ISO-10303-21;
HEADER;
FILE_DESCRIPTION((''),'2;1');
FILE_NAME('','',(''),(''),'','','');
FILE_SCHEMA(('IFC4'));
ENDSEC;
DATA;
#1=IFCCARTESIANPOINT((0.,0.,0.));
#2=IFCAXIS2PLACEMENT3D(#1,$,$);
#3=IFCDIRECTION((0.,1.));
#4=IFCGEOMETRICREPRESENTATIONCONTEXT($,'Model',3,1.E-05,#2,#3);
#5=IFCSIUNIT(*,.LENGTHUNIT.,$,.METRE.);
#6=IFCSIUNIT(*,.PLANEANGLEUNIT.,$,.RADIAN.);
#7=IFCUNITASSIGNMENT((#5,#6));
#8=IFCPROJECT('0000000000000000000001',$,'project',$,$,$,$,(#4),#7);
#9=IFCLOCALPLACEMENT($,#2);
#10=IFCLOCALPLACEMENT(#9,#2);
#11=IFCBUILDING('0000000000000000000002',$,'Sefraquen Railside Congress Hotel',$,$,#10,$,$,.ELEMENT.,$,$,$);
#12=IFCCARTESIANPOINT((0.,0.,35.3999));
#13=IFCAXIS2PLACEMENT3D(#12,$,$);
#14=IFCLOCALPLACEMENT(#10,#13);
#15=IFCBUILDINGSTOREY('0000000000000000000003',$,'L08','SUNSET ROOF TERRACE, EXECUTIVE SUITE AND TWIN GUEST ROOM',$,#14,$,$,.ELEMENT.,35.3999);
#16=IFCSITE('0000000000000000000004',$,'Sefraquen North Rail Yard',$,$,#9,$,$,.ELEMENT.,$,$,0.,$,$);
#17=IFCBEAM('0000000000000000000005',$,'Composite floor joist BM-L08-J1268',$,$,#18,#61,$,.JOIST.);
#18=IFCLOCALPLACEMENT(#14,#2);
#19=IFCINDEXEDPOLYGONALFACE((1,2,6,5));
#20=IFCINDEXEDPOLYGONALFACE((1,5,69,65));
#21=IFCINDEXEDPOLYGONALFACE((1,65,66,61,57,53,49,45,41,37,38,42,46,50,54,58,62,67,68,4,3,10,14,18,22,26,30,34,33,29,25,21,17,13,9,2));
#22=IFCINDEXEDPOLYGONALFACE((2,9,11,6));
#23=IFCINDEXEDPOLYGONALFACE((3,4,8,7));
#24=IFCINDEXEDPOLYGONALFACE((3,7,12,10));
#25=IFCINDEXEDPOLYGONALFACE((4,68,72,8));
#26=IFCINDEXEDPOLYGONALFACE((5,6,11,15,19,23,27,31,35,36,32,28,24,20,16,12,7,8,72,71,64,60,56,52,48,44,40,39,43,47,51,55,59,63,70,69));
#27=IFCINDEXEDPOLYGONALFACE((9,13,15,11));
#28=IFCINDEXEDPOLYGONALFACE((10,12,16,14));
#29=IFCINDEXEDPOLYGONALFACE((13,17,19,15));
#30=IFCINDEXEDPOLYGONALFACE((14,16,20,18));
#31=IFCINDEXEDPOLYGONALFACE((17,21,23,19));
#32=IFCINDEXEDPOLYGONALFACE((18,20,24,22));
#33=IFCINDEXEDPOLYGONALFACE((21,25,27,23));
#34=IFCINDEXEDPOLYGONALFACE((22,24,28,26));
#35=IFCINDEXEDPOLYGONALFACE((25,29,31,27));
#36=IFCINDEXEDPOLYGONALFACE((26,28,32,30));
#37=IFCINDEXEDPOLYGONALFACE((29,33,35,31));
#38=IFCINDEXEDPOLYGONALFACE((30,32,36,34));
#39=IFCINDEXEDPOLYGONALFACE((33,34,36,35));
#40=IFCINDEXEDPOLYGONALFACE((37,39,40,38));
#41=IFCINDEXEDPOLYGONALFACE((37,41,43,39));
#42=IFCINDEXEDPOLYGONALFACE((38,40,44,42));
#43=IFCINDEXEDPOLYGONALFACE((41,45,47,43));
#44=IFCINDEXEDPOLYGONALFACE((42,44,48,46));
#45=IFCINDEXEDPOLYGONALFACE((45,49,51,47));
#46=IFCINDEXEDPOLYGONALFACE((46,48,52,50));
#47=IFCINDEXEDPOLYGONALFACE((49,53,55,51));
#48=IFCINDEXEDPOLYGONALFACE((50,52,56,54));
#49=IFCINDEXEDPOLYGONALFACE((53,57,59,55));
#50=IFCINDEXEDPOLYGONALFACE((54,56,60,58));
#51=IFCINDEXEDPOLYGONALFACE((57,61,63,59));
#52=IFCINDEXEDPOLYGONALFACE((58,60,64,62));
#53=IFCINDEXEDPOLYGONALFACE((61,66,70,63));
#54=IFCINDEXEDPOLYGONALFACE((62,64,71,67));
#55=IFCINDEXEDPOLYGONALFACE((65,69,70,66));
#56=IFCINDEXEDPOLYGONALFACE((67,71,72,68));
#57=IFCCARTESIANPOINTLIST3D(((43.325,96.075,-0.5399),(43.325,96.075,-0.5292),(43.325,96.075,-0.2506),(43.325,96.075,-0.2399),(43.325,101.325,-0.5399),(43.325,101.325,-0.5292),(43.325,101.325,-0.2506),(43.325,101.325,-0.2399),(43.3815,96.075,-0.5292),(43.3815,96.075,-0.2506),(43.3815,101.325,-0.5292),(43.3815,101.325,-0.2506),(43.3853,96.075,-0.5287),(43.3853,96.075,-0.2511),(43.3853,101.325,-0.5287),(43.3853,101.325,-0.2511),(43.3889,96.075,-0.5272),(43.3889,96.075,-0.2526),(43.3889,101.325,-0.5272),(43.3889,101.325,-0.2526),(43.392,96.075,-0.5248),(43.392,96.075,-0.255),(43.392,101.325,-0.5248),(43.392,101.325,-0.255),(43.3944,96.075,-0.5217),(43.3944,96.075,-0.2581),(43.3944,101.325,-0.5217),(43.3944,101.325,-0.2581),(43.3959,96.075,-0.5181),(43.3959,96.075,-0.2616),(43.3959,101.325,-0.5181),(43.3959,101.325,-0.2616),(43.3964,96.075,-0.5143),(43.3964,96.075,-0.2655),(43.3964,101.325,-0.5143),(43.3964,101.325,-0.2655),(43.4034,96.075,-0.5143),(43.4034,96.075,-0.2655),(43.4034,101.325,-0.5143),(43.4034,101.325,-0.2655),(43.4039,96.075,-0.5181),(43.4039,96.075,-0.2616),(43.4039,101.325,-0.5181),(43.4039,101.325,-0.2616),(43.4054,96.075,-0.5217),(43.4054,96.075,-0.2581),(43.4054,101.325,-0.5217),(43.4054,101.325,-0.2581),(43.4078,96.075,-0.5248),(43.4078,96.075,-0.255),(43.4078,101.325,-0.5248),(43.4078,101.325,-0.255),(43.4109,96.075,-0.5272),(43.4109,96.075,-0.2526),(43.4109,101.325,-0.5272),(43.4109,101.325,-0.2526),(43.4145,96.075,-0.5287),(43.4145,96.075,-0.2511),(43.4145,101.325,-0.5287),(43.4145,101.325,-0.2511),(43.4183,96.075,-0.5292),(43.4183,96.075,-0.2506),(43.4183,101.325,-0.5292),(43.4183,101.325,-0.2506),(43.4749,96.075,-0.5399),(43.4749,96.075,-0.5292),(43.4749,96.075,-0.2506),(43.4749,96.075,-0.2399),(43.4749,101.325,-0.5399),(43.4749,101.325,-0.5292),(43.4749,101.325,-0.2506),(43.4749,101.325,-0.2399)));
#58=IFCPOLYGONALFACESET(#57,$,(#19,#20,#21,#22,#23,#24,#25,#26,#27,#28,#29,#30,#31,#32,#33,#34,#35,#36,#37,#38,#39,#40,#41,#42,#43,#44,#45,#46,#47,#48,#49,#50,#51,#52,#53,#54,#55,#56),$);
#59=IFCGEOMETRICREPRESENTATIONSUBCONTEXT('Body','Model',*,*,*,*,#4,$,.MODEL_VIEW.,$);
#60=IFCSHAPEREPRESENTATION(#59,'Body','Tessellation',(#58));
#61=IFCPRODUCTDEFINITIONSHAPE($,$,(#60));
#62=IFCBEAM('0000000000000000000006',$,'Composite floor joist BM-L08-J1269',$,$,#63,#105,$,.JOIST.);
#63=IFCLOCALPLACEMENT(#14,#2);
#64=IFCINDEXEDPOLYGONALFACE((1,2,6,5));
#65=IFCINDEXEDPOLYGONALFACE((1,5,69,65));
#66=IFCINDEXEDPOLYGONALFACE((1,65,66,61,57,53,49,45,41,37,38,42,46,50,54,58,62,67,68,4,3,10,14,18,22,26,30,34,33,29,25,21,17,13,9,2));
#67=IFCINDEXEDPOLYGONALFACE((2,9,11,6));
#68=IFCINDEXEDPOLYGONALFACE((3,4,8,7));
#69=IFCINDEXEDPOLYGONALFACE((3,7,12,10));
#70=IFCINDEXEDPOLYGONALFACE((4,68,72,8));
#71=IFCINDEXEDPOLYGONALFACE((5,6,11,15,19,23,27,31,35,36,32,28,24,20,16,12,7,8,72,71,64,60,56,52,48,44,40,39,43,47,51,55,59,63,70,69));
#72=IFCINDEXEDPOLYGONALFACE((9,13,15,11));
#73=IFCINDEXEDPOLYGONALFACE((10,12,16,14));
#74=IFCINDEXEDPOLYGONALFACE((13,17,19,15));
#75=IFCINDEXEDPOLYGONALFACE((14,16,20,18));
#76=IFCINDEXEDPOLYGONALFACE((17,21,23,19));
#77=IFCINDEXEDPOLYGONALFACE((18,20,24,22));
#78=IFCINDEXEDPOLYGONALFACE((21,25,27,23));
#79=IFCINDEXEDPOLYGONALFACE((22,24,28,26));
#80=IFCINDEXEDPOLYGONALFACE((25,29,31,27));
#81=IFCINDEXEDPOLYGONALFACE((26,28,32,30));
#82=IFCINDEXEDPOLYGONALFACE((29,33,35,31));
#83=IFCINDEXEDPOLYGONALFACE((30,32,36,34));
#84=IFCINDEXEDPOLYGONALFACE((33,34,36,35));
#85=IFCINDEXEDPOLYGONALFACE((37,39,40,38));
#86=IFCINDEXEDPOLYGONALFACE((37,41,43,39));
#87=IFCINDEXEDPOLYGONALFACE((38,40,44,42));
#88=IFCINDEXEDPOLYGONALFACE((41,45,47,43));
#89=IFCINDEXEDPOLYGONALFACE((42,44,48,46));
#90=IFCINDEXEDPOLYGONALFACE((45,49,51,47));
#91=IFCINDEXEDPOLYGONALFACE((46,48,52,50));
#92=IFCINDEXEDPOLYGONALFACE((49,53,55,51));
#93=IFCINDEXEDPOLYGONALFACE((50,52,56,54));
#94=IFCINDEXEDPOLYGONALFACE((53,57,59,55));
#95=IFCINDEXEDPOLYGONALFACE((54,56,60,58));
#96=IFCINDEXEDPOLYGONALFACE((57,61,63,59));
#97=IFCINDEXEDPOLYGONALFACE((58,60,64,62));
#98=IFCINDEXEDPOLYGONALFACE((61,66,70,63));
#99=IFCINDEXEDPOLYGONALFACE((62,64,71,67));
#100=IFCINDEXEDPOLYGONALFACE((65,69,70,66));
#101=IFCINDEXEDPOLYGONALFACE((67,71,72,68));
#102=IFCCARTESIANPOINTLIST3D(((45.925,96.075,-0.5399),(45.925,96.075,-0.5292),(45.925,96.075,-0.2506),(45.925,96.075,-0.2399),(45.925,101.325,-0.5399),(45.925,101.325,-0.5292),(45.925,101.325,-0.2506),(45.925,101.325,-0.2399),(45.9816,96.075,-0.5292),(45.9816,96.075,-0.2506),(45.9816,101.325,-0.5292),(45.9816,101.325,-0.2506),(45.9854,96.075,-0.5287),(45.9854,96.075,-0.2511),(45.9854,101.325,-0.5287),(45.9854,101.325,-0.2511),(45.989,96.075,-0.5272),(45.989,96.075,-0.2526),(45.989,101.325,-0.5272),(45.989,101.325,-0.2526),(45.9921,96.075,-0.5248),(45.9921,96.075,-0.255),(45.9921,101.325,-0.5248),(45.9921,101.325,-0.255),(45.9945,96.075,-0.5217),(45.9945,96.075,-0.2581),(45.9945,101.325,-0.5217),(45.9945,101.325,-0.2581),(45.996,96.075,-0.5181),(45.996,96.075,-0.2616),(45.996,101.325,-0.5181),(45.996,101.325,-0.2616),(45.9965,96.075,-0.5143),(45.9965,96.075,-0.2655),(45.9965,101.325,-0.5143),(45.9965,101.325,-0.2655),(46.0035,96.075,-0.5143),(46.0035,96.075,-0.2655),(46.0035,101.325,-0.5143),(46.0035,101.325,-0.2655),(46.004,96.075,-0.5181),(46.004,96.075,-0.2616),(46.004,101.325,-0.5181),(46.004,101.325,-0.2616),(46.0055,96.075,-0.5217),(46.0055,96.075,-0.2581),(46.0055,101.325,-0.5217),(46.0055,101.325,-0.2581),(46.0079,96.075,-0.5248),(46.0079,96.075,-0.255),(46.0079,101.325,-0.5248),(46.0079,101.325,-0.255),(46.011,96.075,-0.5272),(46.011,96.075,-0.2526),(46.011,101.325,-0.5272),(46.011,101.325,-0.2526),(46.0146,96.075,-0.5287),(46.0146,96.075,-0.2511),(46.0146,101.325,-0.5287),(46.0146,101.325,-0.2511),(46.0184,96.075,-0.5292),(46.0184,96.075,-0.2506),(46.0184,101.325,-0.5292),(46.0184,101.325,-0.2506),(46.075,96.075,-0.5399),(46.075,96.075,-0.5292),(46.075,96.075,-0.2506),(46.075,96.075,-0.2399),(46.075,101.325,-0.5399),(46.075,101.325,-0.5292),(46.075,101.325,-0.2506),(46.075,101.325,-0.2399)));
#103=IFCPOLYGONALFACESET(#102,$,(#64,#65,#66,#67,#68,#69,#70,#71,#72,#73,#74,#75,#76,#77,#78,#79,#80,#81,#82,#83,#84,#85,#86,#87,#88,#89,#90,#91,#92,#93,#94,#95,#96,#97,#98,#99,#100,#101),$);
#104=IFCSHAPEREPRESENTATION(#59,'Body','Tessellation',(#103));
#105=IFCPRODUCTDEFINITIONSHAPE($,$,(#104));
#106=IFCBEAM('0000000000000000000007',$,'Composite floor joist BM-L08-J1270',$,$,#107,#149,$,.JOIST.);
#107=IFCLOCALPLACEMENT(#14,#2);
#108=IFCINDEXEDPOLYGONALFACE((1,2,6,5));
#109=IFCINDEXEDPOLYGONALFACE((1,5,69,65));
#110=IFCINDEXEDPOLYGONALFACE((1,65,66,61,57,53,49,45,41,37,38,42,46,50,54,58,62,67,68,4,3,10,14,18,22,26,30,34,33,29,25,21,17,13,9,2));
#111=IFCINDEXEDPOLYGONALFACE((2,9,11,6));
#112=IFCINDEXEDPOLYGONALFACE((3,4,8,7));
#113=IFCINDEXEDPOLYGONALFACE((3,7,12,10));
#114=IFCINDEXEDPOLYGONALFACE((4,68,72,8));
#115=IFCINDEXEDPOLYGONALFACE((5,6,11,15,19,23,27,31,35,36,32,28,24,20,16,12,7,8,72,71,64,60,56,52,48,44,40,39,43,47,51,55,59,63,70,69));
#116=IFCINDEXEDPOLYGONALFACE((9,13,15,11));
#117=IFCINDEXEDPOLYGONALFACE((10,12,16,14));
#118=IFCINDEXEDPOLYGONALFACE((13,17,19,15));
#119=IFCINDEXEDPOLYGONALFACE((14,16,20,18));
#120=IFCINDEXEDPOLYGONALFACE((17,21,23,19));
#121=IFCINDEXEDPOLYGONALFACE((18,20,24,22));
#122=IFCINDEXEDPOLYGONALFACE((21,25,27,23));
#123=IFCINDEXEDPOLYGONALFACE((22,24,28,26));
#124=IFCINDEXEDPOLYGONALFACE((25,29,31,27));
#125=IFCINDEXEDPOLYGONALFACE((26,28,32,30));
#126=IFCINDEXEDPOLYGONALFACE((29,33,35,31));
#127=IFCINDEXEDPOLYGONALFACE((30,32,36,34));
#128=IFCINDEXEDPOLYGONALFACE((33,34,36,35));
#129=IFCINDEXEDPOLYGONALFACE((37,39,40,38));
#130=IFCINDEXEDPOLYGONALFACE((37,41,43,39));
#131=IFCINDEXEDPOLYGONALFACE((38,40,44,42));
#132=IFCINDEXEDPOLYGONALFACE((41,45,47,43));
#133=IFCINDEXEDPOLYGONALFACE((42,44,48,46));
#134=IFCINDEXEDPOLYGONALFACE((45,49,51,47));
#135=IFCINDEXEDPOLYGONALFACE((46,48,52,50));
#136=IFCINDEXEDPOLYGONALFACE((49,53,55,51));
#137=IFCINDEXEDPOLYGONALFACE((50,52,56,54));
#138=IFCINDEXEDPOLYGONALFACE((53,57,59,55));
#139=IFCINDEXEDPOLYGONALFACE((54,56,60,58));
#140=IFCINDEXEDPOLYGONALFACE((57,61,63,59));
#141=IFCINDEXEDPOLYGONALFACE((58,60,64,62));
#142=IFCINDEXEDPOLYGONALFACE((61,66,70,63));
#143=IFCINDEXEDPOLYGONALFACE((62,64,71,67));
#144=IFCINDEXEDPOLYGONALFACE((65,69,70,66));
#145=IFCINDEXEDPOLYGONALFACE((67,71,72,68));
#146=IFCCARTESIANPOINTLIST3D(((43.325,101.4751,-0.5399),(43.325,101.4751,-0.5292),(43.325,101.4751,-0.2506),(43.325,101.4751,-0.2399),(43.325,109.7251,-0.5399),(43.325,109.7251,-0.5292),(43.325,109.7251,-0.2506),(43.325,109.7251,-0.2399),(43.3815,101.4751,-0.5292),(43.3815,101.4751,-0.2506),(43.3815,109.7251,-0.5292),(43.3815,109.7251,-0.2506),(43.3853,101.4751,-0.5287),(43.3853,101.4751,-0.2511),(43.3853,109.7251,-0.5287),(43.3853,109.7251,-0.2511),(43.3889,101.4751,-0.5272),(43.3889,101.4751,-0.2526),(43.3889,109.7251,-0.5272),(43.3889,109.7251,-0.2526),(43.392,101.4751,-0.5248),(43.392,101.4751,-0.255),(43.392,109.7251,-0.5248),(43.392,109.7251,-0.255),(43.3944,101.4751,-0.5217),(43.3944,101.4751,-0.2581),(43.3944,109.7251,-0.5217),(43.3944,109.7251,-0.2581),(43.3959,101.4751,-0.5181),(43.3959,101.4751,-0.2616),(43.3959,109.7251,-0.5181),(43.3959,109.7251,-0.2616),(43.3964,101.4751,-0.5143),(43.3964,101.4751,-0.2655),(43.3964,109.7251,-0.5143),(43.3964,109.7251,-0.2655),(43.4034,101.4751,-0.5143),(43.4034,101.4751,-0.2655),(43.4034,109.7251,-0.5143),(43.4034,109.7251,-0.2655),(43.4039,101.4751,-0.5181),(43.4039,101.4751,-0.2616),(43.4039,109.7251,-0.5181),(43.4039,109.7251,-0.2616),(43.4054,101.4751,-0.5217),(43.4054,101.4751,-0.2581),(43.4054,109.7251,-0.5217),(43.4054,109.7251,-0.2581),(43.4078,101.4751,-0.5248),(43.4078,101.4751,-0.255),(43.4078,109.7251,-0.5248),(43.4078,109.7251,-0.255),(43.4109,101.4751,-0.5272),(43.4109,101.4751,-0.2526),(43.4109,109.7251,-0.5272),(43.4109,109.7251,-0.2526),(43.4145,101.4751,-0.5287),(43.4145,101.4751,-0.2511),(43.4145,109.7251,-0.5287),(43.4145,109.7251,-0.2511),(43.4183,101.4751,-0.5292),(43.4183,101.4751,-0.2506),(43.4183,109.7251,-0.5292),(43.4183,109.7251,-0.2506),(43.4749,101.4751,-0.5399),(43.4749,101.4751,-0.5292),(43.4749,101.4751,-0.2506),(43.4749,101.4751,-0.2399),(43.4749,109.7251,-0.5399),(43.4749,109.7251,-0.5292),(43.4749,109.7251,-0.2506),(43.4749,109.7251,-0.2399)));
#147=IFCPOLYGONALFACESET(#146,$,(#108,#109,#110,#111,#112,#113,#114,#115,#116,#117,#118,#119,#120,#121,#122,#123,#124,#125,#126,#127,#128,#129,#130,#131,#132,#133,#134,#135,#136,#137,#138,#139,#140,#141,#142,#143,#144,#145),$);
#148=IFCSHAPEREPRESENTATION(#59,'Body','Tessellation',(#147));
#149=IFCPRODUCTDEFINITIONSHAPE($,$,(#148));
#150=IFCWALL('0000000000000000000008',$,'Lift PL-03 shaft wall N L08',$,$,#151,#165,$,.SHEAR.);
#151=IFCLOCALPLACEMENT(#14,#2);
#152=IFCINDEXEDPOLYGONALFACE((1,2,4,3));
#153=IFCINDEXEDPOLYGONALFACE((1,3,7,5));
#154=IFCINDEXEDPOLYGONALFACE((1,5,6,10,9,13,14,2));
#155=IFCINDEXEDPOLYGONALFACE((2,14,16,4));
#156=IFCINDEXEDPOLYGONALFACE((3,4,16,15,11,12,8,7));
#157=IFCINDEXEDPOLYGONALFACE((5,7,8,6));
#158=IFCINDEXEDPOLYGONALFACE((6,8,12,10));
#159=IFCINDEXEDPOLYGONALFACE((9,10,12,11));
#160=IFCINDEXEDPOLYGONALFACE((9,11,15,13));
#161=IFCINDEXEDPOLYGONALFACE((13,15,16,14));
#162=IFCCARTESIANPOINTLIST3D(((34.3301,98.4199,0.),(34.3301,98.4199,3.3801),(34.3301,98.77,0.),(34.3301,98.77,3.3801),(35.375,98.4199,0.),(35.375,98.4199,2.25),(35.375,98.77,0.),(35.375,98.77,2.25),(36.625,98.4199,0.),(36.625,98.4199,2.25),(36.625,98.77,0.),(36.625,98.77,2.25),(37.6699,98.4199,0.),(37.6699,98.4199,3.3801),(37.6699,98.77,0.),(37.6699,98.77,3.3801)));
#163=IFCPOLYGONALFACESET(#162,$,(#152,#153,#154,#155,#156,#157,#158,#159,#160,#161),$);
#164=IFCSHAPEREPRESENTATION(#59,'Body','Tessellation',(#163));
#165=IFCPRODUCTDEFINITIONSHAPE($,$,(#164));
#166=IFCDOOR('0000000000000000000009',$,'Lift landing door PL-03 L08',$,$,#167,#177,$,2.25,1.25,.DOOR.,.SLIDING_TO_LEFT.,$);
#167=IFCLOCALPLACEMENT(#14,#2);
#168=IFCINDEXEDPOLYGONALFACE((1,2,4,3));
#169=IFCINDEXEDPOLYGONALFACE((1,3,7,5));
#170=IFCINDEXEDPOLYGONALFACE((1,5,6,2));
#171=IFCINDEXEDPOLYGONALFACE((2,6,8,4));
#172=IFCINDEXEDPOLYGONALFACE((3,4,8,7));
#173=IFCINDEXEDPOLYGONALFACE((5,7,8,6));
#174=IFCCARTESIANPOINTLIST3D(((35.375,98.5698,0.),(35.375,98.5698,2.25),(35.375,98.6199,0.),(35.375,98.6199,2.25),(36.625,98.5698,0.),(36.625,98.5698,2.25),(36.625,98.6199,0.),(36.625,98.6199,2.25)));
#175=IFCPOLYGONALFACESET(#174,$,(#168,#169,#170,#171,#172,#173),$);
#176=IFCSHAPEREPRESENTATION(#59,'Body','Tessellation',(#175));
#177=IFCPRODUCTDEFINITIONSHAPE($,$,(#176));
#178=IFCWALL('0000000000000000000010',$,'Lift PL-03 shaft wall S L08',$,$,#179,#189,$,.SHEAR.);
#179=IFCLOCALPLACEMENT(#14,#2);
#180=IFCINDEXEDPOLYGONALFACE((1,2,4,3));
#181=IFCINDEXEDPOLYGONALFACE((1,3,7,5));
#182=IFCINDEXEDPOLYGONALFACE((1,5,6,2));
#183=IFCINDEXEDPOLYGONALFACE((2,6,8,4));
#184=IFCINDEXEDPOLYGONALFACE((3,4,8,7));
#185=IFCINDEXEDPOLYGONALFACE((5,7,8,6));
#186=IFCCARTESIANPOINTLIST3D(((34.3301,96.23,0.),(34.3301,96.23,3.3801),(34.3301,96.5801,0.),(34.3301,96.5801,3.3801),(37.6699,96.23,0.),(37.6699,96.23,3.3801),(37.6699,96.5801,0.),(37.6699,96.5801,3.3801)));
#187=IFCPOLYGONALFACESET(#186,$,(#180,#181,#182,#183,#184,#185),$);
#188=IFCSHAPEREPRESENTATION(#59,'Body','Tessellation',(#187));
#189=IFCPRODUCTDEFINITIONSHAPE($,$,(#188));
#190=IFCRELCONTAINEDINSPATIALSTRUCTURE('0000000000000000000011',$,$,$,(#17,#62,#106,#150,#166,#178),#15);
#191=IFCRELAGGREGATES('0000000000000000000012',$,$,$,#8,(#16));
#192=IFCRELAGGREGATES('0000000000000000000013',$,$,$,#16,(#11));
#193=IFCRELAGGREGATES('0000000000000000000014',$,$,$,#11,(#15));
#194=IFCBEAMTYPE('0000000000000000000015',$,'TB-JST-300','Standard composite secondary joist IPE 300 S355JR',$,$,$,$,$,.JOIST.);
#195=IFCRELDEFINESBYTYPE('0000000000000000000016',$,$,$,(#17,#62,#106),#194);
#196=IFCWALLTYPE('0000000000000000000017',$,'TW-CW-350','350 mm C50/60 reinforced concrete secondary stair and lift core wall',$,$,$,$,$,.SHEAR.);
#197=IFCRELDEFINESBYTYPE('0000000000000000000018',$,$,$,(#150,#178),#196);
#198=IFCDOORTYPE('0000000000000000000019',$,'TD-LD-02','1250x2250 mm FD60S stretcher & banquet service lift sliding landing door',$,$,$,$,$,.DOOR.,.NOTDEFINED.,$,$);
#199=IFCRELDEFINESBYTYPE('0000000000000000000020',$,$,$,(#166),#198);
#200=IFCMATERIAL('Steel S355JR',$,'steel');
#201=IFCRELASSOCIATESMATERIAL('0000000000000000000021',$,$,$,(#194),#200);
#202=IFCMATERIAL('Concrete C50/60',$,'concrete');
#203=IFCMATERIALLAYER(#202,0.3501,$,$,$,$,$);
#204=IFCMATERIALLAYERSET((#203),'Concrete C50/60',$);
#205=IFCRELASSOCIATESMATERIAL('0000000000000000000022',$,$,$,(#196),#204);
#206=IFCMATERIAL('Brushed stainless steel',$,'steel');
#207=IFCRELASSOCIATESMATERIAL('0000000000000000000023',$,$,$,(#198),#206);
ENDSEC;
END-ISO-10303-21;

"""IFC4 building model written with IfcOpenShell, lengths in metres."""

from ifc_helpers import new_model, si_unit, direction, frame, frame_2d, origin, origin_2d, place, context, subcontext, project, spatial, rectangle, i_section, extrude, material, layer, layer_set, material_profile, profile_set, type_object, element, fill, save


model = new_model("IFC4")

# Units and contexts
model_context = context("Model", 3, precision=1e-05, world=origin(), true_north=direction((0.0, 1.0)))
body_context = subcontext(model_context, "Body", "Model", "MODEL_VIEW")
ifc_project = project(units=[si_unit("LENGTHUNIT", "METRE"), si_unit("PLANEANGLEUNIT", "RADIAN")], contexts=[model_context])

# Site, building, storey
site_placement = place(None, origin())
site = spatial("IfcSite", under=ifc_project, at=site_placement, Name="Sefraquen North Rail Yard", CompositionType="ELEMENT", RefElevation=0.0)
building_placement = place(site_placement, origin())
building = spatial("IfcBuilding", under=site, at=building_placement, Name="Sefraquen Railside Congress Hotel", CompositionType="ELEMENT")
storey_placement = place(building_placement, frame((0.0, 0.0, 35.3999)))
storey = spatial("IfcBuildingStorey", under=building, at=storey_placement, Name="L08", Description="SUNSET ROOF TERRACE, EXECUTIVE SUITE AND TWIN GUEST ROOM", CompositionType="ELEMENT", Elevation=35.3999)

# Shared definitions
ifc_material_1 = material(Name="Steel S355JR", Category="steel")

# Beams
ifc_material_profile_1 = material_profile(ifc_material_1, i_section(OverallWidth=0.1499, OverallDepth=0.3, WebThickness=0.0071, FlangeThickness=0.0107, FilletRadius=0.0149, at=origin_2d()), Name="IPE 300")
ifc_profile_set_1 = profile_set([ifc_material_profile_1], Name="Steel S355JR")
beam_type_1 = type_object("IfcBeamType", Name="TB-JST-300", Description="Standard composite secondary joist IPE 300 S355JR", PredefinedType="JOIST", material=ifc_profile_set_1)
for number, where, z_axis, x_axis, name in (
    (1, (43.3999, 96.075, -0.3899), (0.0, 1.0, 0.0), (-1.0, 0.0, 0.0), "Composite floor joist BM-L08-J1268"),
    (2, (46.0, 96.075, -0.3899), (0.0, 1.0, 0.0), (-1.0, 0.0, 0.0), "Composite floor joist BM-L08-J1269"),
):
    element("IfcBeam", number, at=place(storey_placement, frame(where, z_axis=z_axis, x_axis=x_axis)), inside=storey, type_object=beam_type_1, Name=name, PredefinedType="JOIST", context=body_context, shape_type="SweptSolid", body=[
        extrude(i_section(OverallWidth=0.1499, OverallDepth=0.3, WebThickness=0.0071, FlangeThickness=0.0107, FilletRadius=0.0149, at=origin_2d()), origin(), (0.0, 0.0, 1.0), 5.25),
    ])
beam_1_placement = place(storey_placement, frame((43.3999, 101.4751, -0.3899), z_axis=(0.0, 1.0, 0.0), x_axis=(-1.0, 0.0, 0.0)))
element("IfcBeam", 3, at=beam_1_placement, inside=storey, type_object=beam_type_1, Name="Composite floor joist BM-L08-J1270", PredefinedType="JOIST", context=body_context, shape_type="SweptSolid", body=[
    extrude(i_section(OverallWidth=0.1499, OverallDepth=0.3, WebThickness=0.0071, FlangeThickness=0.0107, FilletRadius=0.0149, at=origin_2d()), origin(), (0.0, 0.0, 1.0), 8.25),
])

# Wall, opening, door
ifc_material_2 = material(Name="Concrete C50/60", Category="concrete")
ifc_layer_1 = layer(ifc_material_2, 0.3501)
ifc_layer_set_1 = layer_set([ifc_layer_1], Name="Concrete C50/60")
wall_type_1 = type_object("IfcWallType", Name="TW-CW-350", Description="350 mm C50/60 reinforced concrete secondary stair and lift core wall", PredefinedType="SHEAR", material=ifc_layer_set_1)
wall_1_placement = place(storey_placement, frame((34.3301, 98.595, 0.0), z_axis=(0.0, 0.0, 1.0), x_axis=(1.0, 0.0, 0.0)))
wall_1 = element("IfcWall", 4, at=wall_1_placement, inside=storey, type_object=wall_type_1, Name="Lift PL-03 shaft wall N L08", PredefinedType="SHEAR", context=body_context, shape_type="SweptSolid", body=[
    extrude(rectangle(XDim=3.3398, YDim=0.3501, at=frame_2d((1.6699, 0.0))), origin(), (0.0, 0.0, 1.0), 3.3801),
])
opening_1_placement = place(wall_1_placement, frame((1.0449, 0.0, 0.0)))
opening_1 = element("IfcOpeningElement", 5, at=opening_1_placement, cuts=wall_1, PredefinedType="OPENING", context=body_context, shape_type="SweptSolid", body=[
    extrude(rectangle(XDim=1.25, YDim=2.25, at=frame_2d((0.625, 1.125))), frame((0.0, 0.1851, 0.0), z_axis=(0.0, -1.0, 0.0), x_axis=(1.0, 0.0, 0.0)), (0.0, 0.0, 1.0), 0.3701),
])
ifc_material_3 = material(Name="Brushed stainless steel", Category="steel")
door_type = type_object("IfcDoorType", Name="TD-LD-02", Description="1250x2250 mm FD60S stretcher & banquet service lift sliding landing door", OperationType="NOTDEFINED", PredefinedType="DOOR", material=ifc_material_3)
door_1_placement = place(opening_1_placement, origin())
door_1 = element("IfcDoor", 6, at=door_1_placement, inside=storey, type_object=door_type, Name="Lift landing door PL-03 L08", OperationType="SLIDING_TO_LEFT", OverallHeight=2.25, OverallWidth=1.25, PredefinedType="DOOR", context=body_context, shape_type="SweptSolid", body=[
    extrude(rectangle(XDim=1.25, YDim=2.25, at=frame_2d((0.625, 1.125))), frame((0.0, 0.0249, 0.0), z_axis=(0.0, -1.0, 0.0), x_axis=(1.0, 0.0, 0.0)), (0.0, 0.0, 1.0), 0.05),
])
fill(opening_1, door_1)

# Wall
wall_2_placement = place(storey_placement, frame((34.3301, 96.405, 0.0), z_axis=(0.0, 0.0, 1.0), x_axis=(1.0, 0.0, 0.0)))
element("IfcWall", 7, at=wall_2_placement, inside=storey, type_object=wall_type_1, Name="Lift PL-03 shaft wall S L08", PredefinedType="SHEAR", context=body_context, shape_type="SweptSolid", body=[
    extrude(rectangle(XDim=3.3398, YDim=0.3501, at=frame_2d((1.6699, 0.0))), origin(), (0.0, 0.0, 1.0), 3.3801),
])

save(model, "model.ifc")
